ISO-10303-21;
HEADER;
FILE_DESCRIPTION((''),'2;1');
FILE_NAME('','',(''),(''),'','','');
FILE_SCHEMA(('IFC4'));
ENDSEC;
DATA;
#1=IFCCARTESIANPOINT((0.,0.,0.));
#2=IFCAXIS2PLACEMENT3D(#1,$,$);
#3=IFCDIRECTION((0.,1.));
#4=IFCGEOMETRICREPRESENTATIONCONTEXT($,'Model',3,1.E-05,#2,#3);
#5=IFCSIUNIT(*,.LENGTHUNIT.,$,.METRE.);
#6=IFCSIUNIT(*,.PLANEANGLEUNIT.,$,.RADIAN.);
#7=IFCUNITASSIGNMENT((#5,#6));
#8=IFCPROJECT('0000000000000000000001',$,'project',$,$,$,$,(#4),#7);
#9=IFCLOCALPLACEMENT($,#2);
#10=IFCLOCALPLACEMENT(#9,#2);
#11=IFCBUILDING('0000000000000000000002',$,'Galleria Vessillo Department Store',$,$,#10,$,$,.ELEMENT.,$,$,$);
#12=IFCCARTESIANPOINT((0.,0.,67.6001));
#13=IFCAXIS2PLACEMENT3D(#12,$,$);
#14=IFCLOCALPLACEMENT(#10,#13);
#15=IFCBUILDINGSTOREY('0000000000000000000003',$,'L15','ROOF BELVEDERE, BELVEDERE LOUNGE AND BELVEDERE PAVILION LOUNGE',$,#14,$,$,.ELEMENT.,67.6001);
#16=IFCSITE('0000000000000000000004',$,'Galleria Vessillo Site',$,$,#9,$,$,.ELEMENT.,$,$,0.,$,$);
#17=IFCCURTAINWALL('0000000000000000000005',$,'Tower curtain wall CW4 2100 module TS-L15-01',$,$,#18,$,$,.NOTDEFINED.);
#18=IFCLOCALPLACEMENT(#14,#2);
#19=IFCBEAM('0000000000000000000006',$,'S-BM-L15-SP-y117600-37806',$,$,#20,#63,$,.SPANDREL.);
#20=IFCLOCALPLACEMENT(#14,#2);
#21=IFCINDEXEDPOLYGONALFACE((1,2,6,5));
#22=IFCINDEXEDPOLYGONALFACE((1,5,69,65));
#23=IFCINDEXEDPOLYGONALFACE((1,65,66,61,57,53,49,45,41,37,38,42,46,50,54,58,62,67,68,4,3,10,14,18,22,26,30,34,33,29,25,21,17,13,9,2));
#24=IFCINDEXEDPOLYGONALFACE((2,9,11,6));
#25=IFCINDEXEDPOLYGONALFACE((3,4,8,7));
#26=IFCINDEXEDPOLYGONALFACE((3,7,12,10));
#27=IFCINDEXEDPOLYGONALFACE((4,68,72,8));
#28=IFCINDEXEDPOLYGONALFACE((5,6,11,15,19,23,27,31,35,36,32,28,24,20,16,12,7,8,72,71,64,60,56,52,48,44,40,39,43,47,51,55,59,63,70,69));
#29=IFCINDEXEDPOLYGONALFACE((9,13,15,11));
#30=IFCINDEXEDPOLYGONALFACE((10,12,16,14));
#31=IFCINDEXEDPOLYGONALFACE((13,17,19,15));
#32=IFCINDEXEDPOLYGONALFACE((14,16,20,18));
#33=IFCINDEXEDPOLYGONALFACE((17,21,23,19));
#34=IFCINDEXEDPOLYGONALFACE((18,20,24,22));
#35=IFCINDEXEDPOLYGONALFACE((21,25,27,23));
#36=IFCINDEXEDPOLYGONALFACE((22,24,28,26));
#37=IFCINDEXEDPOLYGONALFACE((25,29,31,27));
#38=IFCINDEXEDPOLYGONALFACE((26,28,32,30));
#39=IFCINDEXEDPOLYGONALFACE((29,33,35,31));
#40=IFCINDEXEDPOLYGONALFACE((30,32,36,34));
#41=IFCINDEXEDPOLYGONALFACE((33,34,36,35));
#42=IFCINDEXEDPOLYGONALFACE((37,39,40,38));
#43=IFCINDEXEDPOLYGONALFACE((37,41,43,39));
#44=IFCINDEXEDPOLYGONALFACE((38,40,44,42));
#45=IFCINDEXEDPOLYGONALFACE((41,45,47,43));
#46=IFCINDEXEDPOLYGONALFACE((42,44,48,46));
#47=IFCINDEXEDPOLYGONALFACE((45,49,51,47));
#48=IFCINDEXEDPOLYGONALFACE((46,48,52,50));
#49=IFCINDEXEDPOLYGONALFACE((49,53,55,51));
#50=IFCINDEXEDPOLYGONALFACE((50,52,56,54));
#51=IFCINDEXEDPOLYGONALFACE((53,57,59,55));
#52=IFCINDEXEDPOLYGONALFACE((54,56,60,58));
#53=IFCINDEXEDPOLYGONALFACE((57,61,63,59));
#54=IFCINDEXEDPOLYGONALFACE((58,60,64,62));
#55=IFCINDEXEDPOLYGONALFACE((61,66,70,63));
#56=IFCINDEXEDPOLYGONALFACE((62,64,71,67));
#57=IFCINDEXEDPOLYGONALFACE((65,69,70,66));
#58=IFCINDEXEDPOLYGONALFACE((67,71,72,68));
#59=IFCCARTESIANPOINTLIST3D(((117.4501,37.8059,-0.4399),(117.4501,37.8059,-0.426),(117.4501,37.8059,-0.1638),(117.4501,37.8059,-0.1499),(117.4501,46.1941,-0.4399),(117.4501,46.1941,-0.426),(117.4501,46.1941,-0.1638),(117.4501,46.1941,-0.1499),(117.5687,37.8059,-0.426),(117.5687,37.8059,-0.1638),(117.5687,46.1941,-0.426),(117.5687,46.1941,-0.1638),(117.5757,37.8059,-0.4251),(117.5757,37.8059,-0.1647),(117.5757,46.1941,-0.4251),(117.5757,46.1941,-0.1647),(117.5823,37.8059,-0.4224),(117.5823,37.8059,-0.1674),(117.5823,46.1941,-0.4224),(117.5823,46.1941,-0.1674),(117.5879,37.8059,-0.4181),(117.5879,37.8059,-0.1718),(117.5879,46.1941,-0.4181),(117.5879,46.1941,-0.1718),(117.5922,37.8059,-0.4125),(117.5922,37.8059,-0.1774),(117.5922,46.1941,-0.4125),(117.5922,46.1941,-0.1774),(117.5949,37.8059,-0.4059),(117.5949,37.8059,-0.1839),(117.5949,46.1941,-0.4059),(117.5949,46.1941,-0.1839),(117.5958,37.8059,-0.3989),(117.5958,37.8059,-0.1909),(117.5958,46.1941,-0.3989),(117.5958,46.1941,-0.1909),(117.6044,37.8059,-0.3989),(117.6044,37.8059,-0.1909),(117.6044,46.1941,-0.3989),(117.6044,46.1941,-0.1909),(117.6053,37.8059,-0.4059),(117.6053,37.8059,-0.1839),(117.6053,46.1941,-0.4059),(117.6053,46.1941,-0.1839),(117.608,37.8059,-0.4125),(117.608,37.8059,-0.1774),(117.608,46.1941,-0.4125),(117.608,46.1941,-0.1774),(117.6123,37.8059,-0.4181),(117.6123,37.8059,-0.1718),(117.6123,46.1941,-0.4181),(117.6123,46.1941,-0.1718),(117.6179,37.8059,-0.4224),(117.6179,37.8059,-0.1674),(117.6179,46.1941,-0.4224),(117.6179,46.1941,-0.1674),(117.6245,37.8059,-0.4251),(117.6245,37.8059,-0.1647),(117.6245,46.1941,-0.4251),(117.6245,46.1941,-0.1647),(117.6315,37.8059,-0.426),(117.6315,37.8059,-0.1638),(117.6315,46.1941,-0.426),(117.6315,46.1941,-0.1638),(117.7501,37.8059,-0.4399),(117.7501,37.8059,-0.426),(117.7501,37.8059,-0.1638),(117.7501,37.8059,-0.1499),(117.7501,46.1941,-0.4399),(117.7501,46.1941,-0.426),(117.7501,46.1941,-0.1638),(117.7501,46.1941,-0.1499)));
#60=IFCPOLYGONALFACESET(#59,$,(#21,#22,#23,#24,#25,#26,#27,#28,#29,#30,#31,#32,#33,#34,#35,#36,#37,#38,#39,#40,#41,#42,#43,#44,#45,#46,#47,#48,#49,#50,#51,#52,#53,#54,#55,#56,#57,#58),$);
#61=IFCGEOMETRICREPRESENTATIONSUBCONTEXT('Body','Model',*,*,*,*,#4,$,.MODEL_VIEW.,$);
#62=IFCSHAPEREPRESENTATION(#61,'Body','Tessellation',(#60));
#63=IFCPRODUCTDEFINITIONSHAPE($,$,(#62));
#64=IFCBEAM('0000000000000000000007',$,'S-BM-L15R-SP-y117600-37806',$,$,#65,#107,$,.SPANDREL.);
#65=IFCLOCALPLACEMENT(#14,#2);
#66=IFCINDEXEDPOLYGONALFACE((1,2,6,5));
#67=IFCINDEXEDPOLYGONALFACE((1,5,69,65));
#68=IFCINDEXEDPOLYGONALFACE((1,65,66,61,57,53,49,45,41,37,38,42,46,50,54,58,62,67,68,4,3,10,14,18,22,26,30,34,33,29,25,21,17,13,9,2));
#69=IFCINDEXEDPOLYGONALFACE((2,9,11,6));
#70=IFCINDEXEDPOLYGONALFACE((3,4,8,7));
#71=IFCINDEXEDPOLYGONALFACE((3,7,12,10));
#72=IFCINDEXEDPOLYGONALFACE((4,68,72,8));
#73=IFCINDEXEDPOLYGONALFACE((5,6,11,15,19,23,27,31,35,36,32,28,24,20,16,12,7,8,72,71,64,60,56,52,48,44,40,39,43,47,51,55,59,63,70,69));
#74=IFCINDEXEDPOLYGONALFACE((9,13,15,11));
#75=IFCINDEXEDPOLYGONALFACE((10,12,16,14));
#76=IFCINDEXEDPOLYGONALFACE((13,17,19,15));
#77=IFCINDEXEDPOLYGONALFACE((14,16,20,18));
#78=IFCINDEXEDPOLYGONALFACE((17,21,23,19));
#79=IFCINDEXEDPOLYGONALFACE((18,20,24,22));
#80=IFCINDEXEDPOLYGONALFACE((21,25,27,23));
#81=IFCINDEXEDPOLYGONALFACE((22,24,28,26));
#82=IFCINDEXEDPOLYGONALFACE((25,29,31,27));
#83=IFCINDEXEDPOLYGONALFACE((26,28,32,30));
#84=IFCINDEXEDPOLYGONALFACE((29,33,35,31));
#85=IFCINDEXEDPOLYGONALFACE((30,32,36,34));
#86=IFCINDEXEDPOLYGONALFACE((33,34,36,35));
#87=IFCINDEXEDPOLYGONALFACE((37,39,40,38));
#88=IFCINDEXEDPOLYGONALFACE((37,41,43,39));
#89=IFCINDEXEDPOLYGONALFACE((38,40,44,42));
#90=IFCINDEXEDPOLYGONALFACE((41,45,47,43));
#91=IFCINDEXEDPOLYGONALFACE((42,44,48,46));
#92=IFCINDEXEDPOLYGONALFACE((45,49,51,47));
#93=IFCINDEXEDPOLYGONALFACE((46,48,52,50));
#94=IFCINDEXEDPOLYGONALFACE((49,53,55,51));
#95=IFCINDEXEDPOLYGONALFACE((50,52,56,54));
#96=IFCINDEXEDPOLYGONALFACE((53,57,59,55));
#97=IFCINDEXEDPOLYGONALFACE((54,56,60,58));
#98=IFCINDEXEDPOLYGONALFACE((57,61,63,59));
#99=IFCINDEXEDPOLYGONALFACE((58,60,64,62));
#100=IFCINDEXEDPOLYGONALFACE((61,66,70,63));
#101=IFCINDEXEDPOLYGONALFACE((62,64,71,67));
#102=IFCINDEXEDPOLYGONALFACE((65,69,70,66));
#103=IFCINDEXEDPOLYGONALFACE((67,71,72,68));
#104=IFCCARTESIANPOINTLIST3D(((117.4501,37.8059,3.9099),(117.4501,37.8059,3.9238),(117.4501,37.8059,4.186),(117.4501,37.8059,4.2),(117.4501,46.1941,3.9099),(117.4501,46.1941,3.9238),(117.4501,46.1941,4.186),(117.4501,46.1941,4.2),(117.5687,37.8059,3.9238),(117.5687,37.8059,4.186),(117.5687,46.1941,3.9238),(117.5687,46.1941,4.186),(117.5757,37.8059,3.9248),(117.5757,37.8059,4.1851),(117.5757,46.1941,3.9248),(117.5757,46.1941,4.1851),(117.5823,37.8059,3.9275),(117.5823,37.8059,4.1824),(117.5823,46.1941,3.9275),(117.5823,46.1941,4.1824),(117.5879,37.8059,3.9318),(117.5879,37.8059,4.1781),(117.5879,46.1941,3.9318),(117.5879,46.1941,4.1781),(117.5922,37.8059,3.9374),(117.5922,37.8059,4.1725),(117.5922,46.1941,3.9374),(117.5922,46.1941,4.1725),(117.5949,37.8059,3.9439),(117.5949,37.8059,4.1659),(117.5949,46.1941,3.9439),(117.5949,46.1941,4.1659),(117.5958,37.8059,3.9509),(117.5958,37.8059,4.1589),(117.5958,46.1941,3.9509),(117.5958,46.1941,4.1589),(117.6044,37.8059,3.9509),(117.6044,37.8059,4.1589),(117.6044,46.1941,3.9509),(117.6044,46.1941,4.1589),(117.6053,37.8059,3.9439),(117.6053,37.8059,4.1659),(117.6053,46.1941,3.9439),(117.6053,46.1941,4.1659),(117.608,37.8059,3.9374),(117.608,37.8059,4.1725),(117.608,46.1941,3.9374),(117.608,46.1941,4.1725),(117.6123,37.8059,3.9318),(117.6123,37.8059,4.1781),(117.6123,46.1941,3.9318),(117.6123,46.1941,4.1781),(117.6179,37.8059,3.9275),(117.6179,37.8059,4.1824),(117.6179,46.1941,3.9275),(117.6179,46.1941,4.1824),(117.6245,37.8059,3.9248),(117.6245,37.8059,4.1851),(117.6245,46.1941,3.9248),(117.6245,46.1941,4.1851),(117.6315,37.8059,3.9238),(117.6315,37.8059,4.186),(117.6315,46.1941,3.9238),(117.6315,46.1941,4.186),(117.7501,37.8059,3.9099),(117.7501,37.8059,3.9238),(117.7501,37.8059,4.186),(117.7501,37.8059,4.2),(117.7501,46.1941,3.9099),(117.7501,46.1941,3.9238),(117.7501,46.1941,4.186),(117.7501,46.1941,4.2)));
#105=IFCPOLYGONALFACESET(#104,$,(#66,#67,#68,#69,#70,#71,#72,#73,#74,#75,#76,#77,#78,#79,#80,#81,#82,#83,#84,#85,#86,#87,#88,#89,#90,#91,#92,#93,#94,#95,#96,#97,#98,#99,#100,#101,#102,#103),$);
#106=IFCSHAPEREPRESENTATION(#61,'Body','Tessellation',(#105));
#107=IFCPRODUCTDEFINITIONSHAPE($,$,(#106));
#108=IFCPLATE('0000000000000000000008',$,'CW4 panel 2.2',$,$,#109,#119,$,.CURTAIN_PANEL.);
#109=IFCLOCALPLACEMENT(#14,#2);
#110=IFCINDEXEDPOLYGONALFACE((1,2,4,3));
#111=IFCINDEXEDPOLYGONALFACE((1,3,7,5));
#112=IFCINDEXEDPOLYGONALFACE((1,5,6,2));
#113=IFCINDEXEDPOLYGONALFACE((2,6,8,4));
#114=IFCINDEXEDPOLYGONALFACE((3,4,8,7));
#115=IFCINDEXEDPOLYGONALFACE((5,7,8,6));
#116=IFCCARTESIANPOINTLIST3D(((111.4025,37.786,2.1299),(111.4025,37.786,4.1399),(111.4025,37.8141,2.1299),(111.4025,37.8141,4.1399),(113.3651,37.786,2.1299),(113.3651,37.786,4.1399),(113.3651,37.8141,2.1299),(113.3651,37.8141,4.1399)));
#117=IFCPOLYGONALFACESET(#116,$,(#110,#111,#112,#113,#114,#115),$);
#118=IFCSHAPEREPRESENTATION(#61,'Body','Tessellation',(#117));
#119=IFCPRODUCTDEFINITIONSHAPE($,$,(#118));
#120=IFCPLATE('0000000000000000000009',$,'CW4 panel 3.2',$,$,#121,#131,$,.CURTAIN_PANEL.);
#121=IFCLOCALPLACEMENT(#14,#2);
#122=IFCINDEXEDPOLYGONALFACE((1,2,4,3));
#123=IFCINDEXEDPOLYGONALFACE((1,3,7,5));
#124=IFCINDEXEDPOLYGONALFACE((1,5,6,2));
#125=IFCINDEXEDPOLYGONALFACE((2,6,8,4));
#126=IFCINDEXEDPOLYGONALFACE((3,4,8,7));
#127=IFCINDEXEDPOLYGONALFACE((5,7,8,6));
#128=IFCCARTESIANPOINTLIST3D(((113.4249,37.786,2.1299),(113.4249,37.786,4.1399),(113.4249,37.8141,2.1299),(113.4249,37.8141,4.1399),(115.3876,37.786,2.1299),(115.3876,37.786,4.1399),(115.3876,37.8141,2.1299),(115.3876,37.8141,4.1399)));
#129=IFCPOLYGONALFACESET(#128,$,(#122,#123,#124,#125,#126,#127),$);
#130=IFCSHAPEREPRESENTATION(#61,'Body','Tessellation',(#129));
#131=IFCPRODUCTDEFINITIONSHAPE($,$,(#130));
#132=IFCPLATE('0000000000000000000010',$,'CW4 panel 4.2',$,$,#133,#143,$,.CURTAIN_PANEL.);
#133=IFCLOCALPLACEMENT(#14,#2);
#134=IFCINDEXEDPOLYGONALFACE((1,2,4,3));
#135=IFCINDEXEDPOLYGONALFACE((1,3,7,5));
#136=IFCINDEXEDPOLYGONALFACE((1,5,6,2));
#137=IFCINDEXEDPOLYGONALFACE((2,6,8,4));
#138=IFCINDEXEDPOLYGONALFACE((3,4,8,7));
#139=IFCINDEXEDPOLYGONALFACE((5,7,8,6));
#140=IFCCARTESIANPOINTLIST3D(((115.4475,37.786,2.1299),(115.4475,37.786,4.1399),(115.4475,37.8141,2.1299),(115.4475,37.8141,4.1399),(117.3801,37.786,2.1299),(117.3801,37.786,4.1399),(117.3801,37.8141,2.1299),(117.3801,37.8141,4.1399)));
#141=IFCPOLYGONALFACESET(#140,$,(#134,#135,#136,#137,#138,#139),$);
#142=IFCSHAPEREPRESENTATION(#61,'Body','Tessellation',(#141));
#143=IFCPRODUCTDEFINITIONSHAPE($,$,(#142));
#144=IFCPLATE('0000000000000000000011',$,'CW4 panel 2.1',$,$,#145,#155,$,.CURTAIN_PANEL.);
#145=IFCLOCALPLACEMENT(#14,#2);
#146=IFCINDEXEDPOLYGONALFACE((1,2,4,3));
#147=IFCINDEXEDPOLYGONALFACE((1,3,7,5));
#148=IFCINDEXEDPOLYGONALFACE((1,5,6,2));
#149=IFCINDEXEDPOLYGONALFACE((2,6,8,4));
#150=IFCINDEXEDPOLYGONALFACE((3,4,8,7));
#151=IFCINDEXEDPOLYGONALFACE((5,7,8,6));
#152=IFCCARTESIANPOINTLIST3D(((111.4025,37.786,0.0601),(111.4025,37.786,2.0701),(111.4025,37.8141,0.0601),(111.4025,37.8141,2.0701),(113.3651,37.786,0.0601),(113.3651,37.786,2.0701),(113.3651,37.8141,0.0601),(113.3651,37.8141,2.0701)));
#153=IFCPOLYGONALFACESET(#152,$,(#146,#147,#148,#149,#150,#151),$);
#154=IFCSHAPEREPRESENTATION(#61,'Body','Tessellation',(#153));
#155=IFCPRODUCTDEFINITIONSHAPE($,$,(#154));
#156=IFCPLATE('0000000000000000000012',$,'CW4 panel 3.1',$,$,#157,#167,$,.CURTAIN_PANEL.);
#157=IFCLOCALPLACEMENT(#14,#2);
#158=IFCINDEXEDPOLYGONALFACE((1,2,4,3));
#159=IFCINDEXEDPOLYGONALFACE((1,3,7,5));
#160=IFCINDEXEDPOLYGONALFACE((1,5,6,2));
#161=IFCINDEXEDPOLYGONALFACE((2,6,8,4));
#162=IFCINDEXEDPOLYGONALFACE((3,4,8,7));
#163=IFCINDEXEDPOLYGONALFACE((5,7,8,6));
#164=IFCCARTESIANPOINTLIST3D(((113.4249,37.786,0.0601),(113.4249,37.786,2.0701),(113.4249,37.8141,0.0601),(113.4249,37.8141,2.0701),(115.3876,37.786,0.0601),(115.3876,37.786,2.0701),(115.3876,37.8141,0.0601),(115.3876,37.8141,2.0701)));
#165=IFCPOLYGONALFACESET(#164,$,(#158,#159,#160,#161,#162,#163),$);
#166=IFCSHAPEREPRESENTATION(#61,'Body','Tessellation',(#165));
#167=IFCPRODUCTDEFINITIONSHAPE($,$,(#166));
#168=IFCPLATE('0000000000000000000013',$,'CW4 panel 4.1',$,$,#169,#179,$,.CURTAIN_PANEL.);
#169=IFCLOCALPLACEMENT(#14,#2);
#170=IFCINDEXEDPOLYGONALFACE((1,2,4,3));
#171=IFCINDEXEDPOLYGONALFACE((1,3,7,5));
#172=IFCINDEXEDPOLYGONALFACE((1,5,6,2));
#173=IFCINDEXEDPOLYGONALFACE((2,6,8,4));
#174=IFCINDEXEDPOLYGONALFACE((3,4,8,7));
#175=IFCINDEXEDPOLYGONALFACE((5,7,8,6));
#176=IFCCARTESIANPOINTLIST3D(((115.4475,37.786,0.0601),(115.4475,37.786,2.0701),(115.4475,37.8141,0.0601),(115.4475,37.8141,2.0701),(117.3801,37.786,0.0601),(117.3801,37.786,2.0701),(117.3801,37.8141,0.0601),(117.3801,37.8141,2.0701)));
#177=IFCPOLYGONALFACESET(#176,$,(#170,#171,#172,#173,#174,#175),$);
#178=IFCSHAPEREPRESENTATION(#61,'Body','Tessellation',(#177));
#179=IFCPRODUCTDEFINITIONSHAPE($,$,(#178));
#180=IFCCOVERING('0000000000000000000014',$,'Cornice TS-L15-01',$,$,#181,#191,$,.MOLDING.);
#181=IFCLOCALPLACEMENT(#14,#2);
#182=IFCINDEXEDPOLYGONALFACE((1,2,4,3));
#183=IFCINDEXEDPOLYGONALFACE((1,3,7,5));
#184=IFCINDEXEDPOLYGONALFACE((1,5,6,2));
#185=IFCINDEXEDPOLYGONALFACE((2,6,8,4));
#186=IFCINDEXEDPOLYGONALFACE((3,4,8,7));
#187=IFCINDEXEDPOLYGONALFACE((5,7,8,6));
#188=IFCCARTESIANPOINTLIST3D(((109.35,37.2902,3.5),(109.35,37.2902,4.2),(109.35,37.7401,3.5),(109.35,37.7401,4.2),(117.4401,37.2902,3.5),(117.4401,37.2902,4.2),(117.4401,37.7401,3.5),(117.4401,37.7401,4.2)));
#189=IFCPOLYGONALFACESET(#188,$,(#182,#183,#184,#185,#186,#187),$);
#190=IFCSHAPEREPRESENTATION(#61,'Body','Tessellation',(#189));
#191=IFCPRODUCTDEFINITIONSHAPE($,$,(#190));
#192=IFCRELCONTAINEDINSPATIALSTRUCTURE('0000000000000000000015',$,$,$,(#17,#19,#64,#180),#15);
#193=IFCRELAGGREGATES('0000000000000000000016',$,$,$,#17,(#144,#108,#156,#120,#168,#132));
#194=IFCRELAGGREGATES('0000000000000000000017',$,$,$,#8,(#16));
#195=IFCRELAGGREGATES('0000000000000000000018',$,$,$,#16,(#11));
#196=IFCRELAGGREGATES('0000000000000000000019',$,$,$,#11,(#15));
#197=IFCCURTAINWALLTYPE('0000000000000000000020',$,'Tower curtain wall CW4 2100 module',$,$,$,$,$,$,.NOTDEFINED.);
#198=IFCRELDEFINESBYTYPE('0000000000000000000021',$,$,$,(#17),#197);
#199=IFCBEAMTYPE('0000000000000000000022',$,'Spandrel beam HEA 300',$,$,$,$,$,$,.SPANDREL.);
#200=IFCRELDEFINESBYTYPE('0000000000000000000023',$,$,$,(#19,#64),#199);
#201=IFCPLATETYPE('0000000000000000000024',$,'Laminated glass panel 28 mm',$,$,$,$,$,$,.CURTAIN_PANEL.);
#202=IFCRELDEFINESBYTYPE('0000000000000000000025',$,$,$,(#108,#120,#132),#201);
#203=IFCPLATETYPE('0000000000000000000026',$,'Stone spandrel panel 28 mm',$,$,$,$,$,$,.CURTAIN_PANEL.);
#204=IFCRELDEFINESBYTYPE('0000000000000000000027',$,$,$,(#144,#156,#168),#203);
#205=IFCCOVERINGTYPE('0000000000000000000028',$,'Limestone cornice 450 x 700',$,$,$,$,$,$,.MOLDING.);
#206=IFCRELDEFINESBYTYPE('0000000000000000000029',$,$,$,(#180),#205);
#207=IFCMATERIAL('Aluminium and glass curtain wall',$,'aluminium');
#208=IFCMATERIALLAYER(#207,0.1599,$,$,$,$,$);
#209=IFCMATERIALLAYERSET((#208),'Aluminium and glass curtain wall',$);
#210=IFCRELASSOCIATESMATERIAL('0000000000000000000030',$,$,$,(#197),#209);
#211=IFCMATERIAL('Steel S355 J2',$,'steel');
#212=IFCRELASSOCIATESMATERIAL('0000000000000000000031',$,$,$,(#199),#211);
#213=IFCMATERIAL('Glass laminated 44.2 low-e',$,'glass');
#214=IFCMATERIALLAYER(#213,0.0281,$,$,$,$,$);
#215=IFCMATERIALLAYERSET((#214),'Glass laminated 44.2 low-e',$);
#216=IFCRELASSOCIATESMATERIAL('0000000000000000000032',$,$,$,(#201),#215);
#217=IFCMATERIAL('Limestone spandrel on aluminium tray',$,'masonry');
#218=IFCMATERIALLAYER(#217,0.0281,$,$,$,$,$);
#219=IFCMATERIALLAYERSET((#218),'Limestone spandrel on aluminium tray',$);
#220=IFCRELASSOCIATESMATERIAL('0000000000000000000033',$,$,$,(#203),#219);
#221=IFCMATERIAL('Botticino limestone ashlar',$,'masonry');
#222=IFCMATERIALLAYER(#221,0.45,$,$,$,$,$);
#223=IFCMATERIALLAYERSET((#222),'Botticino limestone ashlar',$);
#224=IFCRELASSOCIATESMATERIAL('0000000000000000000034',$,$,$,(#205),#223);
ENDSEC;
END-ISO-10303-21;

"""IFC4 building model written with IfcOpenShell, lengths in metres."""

from ifc_helpers import new_model, si_unit, direction, frame, origin, origin_2d, place, context, subcontext, project, spatial, rectangle, i_section, extrude, material, layer, layer_set, material_profile, profile_set, type_object, element, aggregate, save


model = new_model("IFC4")

# Units and contexts
model_context = context("Model", 3, precision=1e-05, world=origin(), true_north=direction((0.0, 1.0)))
body_context = subcontext(model_context, "Body", "Model", "MODEL_VIEW")
ifc_project = project(units=[si_unit("LENGTHUNIT", "METRE"), si_unit("PLANEANGLEUNIT", "RADIAN")], contexts=[model_context])

# Site, building, storey
site_placement = place(None, origin())
site = spatial("IfcSite", under=ifc_project, at=site_placement, Name="Galleria Vessillo Site", CompositionType="ELEMENT", RefElevation=0.0)
building_placement = place(site_placement, origin())
building = spatial("IfcBuilding", under=site, at=building_placement, Name="Galleria Vessillo Department Store", CompositionType="ELEMENT")
storey_placement = place(building_placement, frame((0.0, 0.0, 67.6001)))
storey = spatial("IfcBuildingStorey", under=building, at=storey_placement, Name="L15", Description="ROOF BELVEDERE, BELVEDERE LOUNGE AND BELVEDERE PAVILION LOUNGE", CompositionType="ELEMENT", Elevation=67.6001)

# Curtain wall
ifc_material_1 = material(Name="Aluminium and glass curtain wall", Category="aluminium")
ifc_layer_1 = layer(ifc_material_1, 0.1599)
ifc_layer_set_1 = layer_set([ifc_layer_1], Name="Aluminium and glass curtain wall")
curtain_wall_type = type_object("IfcCurtainWallType", Name="Tower curtain wall CW4 2100 module", PredefinedType="NOTDEFINED", material=ifc_layer_set_1)
curtain_wall_1_placement = place(storey_placement, origin())
curtain_wall_1 = element("IfcCurtainWall", 1, at=curtain_wall_1_placement, inside=storey, type_object=curtain_wall_type, Name="Tower curtain wall CW4 2100 module TS-L15-01", PredefinedType="NOTDEFINED")

# Beams
ifc_material_2 = material(Name="Steel S355 J2", Category="steel")
ifc_material_profile_1 = material_profile(ifc_material_2, i_section(OverallWidth=0.3, OverallDepth=0.29, WebThickness=0.0085, FlangeThickness=0.0139, FilletRadius=0.0271, at=origin_2d()), Name="HEA 300")
ifc_profile_set_1 = profile_set([ifc_material_profile_1], Name="Steel S355 J2")
beam_type_1 = type_object("IfcBeamType", Name="Spandrel beam HEA 300", PredefinedType="SPANDREL", material=ifc_profile_set_1)
for number, where, z_axis, x_axis, name in (
    (2, (117.6001, 37.8059, -0.2949), (0.0, 1.0, 0.0), (-1.0, 0.0, 0.0), "S-BM-L15-SP-y117600-37806"),
    (3, (117.6001, 37.8059, 4.0549), (0.0, 1.0, 0.0), (-1.0, 0.0, 0.0), "S-BM-L15R-SP-y117600-37806"),
):
    element("IfcBeam", number, at=place(storey_placement, frame(where, z_axis=z_axis, x_axis=x_axis)), inside=storey, type_object=beam_type_1, Name=name, PredefinedType="SPANDREL", context=body_context, shape_type="SweptSolid", body=[
        extrude(i_section(OverallWidth=0.3, OverallDepth=0.29, WebThickness=0.0085, FlangeThickness=0.0139, FilletRadius=0.0271, at=origin_2d()), origin(), (0.0, 0.0, 1.0), 8.3882),
    ])

# Plates
ifc_material_3 = material(Name="Glass laminated 44.2 low-e", Category="glass")
ifc_layer_2 = layer(ifc_material_3, 0.0281)
ifc_layer_set_2 = layer_set([ifc_layer_2], Name="Glass laminated 44.2 low-e")
plate_type_1 = type_object("IfcPlateType", Name="Laminated glass panel 28 mm", PredefinedType="CURTAIN_PANEL", material=ifc_layer_set_2)
plate_1_placement = place(storey_placement, frame((112.3838, 37.8, 2.1299), z_axis=(0.0, 0.0, 1.0), x_axis=(1.0, 0.0, 0.0)))
plate_1 = element("IfcPlate", 4, at=plate_1_placement, type_object=plate_type_1, Name="CW4 panel 2.2", PredefinedType="CURTAIN_PANEL", context=body_context, shape_type="SweptSolid", body=[
    extrude(rectangle(XDim=1.9626, YDim=0.0281, at=origin_2d()), origin(), (0.0, 0.0, 1.0), 2.01),
])
plate_2_placement = place(storey_placement, frame((114.4062, 37.8, 2.1299), z_axis=(0.0, 0.0, 1.0), x_axis=(1.0, 0.0, 0.0)))
plate_2 = element("IfcPlate", 5, at=plate_2_placement, type_object=plate_type_1, Name="CW4 panel 3.2", PredefinedType="CURTAIN_PANEL", context=body_context, shape_type="SweptSolid", body=[
    extrude(rectangle(XDim=1.9626, YDim=0.0281, at=origin_2d()), origin(), (0.0, 0.0, 1.0), 2.01),
])
plate_3_placement = place(storey_placement, frame((116.4138, 37.8, 2.1299), z_axis=(0.0, 0.0, 1.0), x_axis=(1.0, 0.0, 0.0)))
plate_3 = element("IfcPlate", 6, at=plate_3_placement, type_object=plate_type_1, Name="CW4 panel 4.2", PredefinedType="CURTAIN_PANEL", context=body_context, shape_type="SweptSolid", body=[
    extrude(rectangle(XDim=1.9326, YDim=0.0281, at=origin_2d()), origin(), (0.0, 0.0, 1.0), 2.01),
])
ifc_material_4 = material(Name="Limestone spandrel on aluminium tray", Category="masonry")
ifc_layer_3 = layer(ifc_material_4, 0.0281)
ifc_layer_set_3 = layer_set([ifc_layer_3], Name="Limestone spandrel on aluminium tray")
plate_type_2 = type_object("IfcPlateType", Name="Stone spandrel panel 28 mm", PredefinedType="CURTAIN_PANEL", material=ifc_layer_set_3)
plate_4_placement = place(storey_placement, frame((112.3838, 37.8, 0.0601), z_axis=(0.0, 0.0, 1.0), x_axis=(1.0, 0.0, 0.0)))
plate_4 = element("IfcPlate", 7, at=plate_4_placement, type_object=plate_type_2, Name="CW4 panel 2.1", PredefinedType="CURTAIN_PANEL", context=body_context, shape_type="SweptSolid", body=[
    extrude(rectangle(XDim=1.9626, YDim=0.0281, at=origin_2d()), origin(), (0.0, 0.0, 1.0), 2.01),
])
plate_5_placement = place(storey_placement, frame((114.4062, 37.8, 0.0601), z_axis=(0.0, 0.0, 1.0), x_axis=(1.0, 0.0, 0.0)))
plate_5 = element("IfcPlate", 8, at=plate_5_placement, type_object=plate_type_2, Name="CW4 panel 3.1", PredefinedType="CURTAIN_PANEL", context=body_context, shape_type="SweptSolid", body=[
    extrude(rectangle(XDim=1.9626, YDim=0.0281, at=origin_2d()), origin(), (0.0, 0.0, 1.0), 2.01),
])
plate_6_placement = place(storey_placement, frame((116.4138, 37.8, 0.0601), z_axis=(0.0, 0.0, 1.0), x_axis=(1.0, 0.0, 0.0)))
plate_6 = element("IfcPlate", 9, at=plate_6_placement, type_object=plate_type_2, Name="CW4 panel 4.1", PredefinedType="CURTAIN_PANEL", context=body_context, shape_type="SweptSolid", body=[
    extrude(rectangle(XDim=1.9326, YDim=0.0281, at=origin_2d()), origin(), (0.0, 0.0, 1.0), 2.01),
])
aggregate(curtain_wall_1, [plate_4, plate_1, plate_5, plate_2, plate_6, plate_3])

# Covering
ifc_material_5 = material(Name="Botticino limestone ashlar", Category="masonry")
ifc_layer_4 = layer(ifc_material_5, 0.45)
ifc_layer_set_4 = layer_set([ifc_layer_4], Name="Botticino limestone ashlar")
covering_type_1 = type_object("IfcCoveringType", Name="Limestone cornice 450 x 700", PredefinedType="MOLDING", material=ifc_layer_set_4)
covering_1_placement = place(storey_placement, frame((113.395, 37.5151, 3.5), z_axis=(0.0, 0.0, 1.0), x_axis=(1.0, 0.0, 0.0)))
element("IfcCovering", 10, at=covering_1_placement, inside=storey, type_object=covering_type_1, Name="Cornice TS-L15-01", PredefinedType="MOLDING", context=body_context, shape_type="SweptSolid", body=[
    extrude(rectangle(XDim=8.0901, YDim=0.45, at=origin_2d()), origin(), (0.0, 0.0, 1.0), 0.7),
])

save(model, "model.ifc")
